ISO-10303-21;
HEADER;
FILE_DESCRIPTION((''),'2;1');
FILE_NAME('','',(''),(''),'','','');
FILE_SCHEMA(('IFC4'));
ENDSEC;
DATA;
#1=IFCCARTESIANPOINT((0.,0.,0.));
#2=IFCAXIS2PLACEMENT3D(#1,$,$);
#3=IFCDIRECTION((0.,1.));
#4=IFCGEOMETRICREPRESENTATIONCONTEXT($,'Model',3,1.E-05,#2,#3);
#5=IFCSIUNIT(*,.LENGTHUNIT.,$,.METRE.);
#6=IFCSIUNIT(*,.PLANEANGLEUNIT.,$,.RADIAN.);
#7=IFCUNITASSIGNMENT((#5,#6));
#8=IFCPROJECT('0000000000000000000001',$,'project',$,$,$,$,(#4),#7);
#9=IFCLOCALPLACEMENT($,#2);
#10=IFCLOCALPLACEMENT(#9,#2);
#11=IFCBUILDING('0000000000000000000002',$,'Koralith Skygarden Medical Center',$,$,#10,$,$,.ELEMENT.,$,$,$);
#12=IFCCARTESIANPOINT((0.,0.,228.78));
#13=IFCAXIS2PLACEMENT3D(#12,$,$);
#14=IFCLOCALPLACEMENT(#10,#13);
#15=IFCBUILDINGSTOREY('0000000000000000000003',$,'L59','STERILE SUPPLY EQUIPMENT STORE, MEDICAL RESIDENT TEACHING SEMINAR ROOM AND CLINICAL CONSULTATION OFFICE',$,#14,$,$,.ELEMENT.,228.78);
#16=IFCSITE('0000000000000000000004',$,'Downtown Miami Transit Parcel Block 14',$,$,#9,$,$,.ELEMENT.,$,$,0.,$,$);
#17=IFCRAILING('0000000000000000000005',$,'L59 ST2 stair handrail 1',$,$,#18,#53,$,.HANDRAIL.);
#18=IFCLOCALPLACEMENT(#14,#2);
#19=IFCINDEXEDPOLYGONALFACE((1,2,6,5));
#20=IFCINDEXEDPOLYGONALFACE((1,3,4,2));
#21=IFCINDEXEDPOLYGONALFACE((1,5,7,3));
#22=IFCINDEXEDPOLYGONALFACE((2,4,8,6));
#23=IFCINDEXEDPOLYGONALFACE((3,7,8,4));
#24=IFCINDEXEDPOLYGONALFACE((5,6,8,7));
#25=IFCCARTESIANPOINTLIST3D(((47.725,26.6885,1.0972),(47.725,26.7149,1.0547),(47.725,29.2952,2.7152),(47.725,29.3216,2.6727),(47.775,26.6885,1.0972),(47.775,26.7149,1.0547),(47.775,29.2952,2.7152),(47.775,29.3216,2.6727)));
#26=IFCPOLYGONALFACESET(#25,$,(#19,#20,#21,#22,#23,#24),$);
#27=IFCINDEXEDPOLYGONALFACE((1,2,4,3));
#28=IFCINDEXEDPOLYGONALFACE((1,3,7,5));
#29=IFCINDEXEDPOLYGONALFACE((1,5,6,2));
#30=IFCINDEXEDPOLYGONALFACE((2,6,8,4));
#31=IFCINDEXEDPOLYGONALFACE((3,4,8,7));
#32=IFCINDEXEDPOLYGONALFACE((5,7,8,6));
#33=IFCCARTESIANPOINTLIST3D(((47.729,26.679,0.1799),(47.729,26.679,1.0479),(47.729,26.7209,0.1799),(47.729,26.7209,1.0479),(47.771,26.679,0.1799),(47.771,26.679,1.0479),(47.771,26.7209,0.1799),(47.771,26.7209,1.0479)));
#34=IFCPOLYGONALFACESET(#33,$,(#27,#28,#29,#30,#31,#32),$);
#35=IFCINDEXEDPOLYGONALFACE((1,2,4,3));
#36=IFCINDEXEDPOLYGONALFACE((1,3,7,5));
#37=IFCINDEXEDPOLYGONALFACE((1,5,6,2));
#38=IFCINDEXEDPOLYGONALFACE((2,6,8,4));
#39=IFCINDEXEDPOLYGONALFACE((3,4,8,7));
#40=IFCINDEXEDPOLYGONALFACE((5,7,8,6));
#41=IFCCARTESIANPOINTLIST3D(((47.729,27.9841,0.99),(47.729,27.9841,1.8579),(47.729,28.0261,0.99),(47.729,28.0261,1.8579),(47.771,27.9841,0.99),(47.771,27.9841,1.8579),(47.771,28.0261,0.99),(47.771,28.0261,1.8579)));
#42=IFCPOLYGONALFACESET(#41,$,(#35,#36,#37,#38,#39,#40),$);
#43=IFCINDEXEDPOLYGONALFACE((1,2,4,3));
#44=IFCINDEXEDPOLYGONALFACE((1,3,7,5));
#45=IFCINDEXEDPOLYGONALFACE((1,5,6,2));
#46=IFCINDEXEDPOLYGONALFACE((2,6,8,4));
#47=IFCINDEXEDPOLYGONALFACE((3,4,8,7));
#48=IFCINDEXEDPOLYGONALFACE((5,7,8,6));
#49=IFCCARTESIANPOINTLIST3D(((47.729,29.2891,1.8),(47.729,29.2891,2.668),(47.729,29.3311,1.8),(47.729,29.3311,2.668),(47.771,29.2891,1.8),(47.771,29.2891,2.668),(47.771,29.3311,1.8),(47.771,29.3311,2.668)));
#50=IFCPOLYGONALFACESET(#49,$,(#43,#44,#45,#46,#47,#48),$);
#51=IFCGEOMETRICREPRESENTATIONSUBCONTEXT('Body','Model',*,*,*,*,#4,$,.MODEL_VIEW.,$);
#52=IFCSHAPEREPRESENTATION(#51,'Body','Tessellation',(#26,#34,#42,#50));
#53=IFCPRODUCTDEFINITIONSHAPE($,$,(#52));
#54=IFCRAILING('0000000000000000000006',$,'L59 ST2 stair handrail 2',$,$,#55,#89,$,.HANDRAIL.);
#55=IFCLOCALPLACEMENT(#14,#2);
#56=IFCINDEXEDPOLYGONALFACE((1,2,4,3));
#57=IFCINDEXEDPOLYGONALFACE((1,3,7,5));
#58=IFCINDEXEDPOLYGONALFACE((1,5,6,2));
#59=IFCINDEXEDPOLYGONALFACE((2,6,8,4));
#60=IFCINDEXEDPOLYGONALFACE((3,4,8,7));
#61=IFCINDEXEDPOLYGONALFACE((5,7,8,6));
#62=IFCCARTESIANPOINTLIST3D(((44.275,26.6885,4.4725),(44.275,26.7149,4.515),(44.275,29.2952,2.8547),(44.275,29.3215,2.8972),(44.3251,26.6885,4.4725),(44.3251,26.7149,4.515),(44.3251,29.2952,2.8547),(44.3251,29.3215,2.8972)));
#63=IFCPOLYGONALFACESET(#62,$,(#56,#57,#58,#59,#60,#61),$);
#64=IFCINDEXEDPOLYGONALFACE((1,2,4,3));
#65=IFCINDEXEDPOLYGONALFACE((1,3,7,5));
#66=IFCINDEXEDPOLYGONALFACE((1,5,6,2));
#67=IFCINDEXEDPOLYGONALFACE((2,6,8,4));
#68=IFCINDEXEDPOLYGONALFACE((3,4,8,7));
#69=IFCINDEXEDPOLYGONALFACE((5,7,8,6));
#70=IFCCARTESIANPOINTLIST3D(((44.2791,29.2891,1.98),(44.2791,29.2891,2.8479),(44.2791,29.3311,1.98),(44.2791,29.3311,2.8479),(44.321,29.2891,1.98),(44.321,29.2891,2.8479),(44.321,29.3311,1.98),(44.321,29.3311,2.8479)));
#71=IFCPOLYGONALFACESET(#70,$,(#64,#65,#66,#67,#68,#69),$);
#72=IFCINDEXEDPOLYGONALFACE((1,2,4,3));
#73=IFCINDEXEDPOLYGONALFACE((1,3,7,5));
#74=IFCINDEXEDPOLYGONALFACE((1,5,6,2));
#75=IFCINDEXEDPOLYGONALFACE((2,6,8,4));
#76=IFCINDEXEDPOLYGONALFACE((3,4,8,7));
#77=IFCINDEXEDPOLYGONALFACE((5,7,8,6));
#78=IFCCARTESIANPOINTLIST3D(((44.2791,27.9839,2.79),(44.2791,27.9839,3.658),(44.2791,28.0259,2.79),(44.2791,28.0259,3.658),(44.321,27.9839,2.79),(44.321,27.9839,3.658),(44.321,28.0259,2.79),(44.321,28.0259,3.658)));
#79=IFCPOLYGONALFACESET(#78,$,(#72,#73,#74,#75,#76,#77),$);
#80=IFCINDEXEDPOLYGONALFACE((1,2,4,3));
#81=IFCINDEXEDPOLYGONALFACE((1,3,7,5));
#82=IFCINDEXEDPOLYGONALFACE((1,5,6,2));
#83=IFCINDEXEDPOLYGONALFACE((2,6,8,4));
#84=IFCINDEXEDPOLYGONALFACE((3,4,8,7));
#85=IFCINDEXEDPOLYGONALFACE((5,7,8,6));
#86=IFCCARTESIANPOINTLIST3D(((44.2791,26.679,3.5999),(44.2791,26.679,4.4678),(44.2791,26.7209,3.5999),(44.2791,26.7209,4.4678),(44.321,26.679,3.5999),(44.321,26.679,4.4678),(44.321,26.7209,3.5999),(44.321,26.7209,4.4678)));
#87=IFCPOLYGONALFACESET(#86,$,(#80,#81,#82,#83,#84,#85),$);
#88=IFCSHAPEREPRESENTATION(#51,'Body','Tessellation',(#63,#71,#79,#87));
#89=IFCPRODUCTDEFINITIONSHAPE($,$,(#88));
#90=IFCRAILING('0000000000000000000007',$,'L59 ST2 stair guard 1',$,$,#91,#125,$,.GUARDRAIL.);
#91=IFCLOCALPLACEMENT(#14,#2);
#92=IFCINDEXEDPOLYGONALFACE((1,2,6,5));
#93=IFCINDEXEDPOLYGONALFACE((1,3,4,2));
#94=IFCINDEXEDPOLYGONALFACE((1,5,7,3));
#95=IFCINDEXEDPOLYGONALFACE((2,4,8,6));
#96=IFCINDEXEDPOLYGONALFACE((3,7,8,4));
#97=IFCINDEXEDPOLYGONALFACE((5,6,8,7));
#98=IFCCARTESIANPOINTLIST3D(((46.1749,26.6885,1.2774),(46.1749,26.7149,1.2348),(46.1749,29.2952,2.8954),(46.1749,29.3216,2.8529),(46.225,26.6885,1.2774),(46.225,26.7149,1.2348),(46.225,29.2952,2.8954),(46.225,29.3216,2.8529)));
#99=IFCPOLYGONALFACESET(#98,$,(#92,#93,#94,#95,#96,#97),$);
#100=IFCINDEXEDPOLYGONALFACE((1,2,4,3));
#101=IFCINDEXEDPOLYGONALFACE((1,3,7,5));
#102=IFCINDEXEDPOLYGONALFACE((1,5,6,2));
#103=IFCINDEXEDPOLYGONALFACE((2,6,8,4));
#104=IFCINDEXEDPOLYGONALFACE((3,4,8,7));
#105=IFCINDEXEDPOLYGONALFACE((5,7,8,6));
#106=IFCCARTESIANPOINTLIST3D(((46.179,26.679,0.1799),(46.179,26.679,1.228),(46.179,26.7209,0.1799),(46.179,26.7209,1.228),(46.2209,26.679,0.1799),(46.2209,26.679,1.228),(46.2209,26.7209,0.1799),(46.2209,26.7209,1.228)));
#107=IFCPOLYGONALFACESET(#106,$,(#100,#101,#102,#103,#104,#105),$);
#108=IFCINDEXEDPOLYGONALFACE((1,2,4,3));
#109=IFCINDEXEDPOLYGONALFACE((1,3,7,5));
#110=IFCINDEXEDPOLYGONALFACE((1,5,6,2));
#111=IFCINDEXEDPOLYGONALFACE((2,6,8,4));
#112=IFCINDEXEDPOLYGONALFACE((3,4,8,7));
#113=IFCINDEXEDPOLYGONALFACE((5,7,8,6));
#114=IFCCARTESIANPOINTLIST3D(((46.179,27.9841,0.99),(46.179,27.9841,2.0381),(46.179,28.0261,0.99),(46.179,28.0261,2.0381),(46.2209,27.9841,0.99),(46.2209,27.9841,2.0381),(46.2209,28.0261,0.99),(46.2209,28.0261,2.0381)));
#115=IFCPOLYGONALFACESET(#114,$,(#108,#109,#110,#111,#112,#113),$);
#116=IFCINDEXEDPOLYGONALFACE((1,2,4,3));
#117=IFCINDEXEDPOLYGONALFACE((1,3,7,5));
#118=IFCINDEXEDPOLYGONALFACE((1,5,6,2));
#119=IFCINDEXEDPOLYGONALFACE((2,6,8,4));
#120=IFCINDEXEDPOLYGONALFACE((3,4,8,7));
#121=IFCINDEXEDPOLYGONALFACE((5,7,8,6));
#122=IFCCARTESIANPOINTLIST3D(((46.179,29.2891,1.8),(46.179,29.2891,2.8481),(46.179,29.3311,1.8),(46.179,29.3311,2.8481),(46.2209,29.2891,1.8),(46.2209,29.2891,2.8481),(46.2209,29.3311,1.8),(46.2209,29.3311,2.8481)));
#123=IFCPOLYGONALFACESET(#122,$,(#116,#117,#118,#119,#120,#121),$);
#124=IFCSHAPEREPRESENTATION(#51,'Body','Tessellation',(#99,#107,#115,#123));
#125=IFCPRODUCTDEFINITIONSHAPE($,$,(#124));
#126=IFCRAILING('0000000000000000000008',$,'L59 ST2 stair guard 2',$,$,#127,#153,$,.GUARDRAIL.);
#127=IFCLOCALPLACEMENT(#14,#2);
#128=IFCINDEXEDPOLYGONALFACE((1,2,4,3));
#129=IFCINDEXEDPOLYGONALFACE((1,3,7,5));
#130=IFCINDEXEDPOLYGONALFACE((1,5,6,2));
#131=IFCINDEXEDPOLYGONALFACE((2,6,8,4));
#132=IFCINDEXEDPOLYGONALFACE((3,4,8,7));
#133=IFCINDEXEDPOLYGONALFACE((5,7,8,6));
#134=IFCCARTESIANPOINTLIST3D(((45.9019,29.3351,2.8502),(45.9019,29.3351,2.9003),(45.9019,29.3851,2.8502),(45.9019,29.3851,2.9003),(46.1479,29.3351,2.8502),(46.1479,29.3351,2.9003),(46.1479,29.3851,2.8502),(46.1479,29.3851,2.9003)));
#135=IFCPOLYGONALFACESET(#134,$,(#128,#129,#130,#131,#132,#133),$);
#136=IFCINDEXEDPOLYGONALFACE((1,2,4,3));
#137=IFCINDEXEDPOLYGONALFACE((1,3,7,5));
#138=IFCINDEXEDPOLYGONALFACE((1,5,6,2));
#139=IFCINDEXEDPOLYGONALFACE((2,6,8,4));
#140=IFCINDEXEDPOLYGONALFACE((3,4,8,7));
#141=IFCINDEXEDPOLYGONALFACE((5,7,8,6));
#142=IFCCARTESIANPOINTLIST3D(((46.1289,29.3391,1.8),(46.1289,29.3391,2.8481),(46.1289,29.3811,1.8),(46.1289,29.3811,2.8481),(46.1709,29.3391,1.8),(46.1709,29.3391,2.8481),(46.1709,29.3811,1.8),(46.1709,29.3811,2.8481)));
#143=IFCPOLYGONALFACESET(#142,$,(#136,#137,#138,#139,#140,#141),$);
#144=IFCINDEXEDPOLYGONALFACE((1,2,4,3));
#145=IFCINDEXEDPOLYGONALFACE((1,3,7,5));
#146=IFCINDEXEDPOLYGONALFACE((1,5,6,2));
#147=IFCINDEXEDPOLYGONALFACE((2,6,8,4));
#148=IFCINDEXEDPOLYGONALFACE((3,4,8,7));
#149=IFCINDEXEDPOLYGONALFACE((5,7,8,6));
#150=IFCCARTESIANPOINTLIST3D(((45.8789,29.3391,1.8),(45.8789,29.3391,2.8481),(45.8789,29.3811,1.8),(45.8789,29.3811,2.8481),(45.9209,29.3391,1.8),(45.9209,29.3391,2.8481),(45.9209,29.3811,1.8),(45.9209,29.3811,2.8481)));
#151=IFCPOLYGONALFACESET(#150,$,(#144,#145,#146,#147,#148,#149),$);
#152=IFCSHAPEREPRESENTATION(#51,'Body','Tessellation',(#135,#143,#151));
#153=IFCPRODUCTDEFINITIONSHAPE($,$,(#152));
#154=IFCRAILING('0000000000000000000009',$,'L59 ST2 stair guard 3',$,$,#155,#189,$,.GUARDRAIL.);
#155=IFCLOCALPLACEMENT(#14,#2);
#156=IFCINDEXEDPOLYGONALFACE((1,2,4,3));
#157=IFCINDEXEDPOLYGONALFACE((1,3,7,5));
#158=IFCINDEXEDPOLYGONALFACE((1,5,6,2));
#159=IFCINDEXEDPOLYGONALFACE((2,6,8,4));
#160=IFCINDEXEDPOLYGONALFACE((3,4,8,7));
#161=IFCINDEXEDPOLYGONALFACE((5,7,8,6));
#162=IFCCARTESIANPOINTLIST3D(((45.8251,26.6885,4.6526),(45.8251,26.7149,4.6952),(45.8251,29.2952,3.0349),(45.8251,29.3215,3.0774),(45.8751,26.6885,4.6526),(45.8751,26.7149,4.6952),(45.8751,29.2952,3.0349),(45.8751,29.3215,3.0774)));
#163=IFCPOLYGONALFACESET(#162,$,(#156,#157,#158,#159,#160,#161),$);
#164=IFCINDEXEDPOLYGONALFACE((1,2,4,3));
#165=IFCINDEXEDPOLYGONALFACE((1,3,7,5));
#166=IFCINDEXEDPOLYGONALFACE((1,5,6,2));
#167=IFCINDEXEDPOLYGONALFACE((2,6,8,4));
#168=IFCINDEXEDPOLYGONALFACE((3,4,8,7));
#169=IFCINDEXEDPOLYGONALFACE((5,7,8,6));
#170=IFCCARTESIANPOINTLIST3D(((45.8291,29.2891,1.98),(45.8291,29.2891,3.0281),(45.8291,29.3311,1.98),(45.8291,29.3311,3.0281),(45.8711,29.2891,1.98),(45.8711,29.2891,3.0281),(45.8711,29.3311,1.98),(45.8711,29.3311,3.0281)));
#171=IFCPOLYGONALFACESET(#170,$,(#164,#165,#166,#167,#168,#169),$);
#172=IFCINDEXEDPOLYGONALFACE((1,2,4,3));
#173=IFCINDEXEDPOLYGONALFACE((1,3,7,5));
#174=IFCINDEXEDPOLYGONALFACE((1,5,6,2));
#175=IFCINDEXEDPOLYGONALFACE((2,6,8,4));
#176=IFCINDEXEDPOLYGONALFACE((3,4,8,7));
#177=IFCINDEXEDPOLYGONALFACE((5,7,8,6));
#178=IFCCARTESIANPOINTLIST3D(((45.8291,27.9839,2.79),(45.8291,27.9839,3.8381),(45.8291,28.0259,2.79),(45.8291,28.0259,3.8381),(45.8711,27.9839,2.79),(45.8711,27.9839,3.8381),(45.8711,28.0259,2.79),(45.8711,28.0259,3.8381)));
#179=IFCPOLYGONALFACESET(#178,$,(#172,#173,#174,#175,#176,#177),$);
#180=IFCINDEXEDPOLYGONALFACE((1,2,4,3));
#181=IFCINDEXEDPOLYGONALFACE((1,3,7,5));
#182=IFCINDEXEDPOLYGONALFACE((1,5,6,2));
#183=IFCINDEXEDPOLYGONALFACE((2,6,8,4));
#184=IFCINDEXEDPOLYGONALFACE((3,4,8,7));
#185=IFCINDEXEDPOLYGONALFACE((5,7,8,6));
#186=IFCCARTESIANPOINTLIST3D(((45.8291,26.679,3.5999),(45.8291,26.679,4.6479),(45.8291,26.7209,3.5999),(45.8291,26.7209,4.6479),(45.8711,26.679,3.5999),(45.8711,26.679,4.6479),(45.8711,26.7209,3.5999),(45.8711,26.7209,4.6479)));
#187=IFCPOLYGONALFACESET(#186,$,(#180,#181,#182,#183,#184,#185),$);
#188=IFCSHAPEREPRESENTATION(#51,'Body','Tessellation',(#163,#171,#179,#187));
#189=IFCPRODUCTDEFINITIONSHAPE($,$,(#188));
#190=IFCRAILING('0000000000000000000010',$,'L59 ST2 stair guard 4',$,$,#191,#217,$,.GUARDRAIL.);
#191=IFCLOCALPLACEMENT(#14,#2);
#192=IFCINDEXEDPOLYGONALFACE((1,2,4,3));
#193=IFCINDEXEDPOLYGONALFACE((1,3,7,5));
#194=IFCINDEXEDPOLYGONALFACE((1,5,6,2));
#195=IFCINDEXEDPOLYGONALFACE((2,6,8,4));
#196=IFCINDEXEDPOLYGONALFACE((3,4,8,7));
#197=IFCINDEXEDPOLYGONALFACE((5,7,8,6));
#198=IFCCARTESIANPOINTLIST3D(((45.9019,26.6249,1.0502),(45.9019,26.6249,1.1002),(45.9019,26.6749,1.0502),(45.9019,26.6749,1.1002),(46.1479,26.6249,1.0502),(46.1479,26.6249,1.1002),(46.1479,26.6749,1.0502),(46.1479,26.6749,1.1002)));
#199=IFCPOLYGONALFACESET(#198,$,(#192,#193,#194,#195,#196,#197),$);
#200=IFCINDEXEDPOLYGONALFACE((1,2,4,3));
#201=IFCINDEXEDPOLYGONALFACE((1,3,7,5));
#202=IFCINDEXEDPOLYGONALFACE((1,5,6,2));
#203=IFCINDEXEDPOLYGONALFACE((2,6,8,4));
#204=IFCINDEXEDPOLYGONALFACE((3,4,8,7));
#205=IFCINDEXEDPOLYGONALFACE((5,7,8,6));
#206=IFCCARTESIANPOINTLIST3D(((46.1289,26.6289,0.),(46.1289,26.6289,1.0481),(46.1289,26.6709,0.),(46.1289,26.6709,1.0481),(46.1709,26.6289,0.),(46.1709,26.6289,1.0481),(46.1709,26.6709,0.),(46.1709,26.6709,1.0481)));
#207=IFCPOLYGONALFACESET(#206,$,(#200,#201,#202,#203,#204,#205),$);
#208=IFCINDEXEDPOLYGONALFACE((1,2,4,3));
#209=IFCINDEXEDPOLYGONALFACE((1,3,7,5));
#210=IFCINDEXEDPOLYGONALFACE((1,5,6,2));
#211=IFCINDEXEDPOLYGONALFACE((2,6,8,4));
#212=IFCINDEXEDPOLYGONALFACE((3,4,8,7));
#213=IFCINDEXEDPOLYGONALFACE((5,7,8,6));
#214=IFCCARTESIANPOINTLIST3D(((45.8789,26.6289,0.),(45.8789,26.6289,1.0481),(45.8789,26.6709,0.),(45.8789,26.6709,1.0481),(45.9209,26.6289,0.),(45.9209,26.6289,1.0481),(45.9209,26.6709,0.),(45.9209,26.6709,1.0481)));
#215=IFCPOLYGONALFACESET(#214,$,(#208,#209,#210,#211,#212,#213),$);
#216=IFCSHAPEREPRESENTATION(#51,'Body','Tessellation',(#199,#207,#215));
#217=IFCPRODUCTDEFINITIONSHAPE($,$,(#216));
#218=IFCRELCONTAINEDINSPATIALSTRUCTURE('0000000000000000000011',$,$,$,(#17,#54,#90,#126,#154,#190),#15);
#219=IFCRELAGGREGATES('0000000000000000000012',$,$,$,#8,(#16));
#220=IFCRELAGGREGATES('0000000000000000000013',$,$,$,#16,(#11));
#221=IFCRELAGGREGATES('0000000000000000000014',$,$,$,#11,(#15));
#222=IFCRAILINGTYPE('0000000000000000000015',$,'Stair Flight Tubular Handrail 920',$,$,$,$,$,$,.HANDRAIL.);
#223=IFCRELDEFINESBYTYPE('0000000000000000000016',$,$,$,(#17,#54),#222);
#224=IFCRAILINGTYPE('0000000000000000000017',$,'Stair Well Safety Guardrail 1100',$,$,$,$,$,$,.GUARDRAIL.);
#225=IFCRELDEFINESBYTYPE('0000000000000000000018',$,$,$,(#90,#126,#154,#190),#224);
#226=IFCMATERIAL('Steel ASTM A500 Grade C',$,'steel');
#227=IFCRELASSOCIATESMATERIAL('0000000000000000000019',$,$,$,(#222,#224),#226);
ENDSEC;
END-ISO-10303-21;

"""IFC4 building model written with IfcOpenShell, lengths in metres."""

from ifc_helpers import new_model, si_unit, direction, frame, origin, origin_2d, place, context, subcontext, project, spatial, rectangle, extrude, material, type_object, element, save


model = new_model("IFC4")

# Units and contexts
model_context = context("Model", 3, precision=1e-05, world=origin(), true_north=direction((0.0, 1.0)))
body_context = subcontext(model_context, "Body", "Model", "MODEL_VIEW")
ifc_project = project(units=[si_unit("LENGTHUNIT", "METRE"), si_unit("PLANEANGLEUNIT", "RADIAN")], contexts=[model_context])

# Site, building, storey
site_placement = place(None, origin())
site = spatial("IfcSite", under=ifc_project, at=site_placement, Name="Downtown Miami Transit Parcel Block 14", CompositionType="ELEMENT", RefElevation=0.0)
building_placement = place(site_placement, origin())
building = spatial("IfcBuilding", under=site, at=building_placement, Name="Koralith Skygarden Medical Center", CompositionType="ELEMENT")
storey_placement = place(building_placement, frame((0.0, 0.0, 228.78)))
storey = spatial("IfcBuildingStorey", under=building, at=storey_placement, Name="L59", Description="STERILE SUPPLY EQUIPMENT STORE, MEDICAL RESIDENT TEACHING SEMINAR ROOM AND CLINICAL CONSULTATION OFFICE", CompositionType="ELEMENT", Elevation=228.78)

# Railings
ifc_material_1 = material(Name="Steel ASTM A500 Grade C", Category="steel")
railing_type_1 = type_object("IfcRailingType", Name="Stair Flight Tubular Handrail 920", PredefinedType="HANDRAIL", material=ifc_material_1)
railing_1_placement = place(storey_placement, frame((47.75, 26.7, 0.1799)))
element("IfcRailing", 1, at=railing_1_placement, inside=storey, type_object=railing_type_1, Name="L59 ST2 stair handrail 1", PredefinedType="HANDRAIL", context=body_context, shape_type="SweptSolid", body=[
    extrude(rectangle(XDim=0.05, YDim=0.05, at=origin_2d()), frame((0.0, 0.0017, 0.896), z_axis=(0.0, 0.849633, 0.527375), x_axis=(-1.0, 0.0, 0.0)), (0.0, 0.0, 1.0), 3.0681),
    extrude(rectangle(XDim=0.042, YDim=0.042, at=origin_2d()), origin(), (0.0, 0.0, 1.0), 0.8679),
    extrude(rectangle(XDim=0.042, YDim=0.042, at=origin_2d()), frame((0.0, 1.3052, 0.8101)), (0.0, 0.0, 1.0), 0.8679),
    extrude(rectangle(XDim=0.042, YDim=0.042, at=origin_2d()), frame((0.0, 2.6101, 1.6201)), (0.0, 0.0, 1.0), 0.8679),
])
railing_2_placement = place(storey_placement, frame((44.3, 29.3101, 1.98)))
element("IfcRailing", 2, at=railing_2_placement, inside=storey, type_object=railing_type_1, Name="L59 ST2 stair handrail 2", PredefinedType="HANDRAIL", context=body_context, shape_type="SweptSolid", body=[
    extrude(rectangle(XDim=0.05, YDim=0.05, at=origin_2d()), frame((0.0, -0.0017, 0.896), z_axis=(0.0, -0.849668, 0.527317), x_axis=(1.0, 0.0, 0.0)), (0.0, 0.0, 1.0), 3.0679),
    extrude(rectangle(XDim=0.042, YDim=0.042, at=origin_2d()), origin(), (0.0, 0.0, 1.0), 0.8679),
    extrude(rectangle(XDim=0.042, YDim=0.042, at=origin_2d()), frame((0.0, -1.3052, 0.8101)), (0.0, 0.0, 1.0), 0.8679),
    extrude(rectangle(XDim=0.042, YDim=0.042, at=origin_2d()), frame((0.0, -2.6101, 1.6199)), (0.0, 0.0, 1.0), 0.8679),
])
railing_type_2 = type_object("IfcRailingType", Name="Stair Well Safety Guardrail 1100", PredefinedType="GUARDRAIL", material=ifc_material_1)
railing_3_placement = place(storey_placement, frame((46.2, 26.7, 0.1799)))
element("IfcRailing", 3, at=railing_3_placement, inside=storey, type_object=railing_type_2, Name="L59 ST2 stair guard 1", PredefinedType="GUARDRAIL", context=body_context, shape_type="SweptSolid", body=[
    extrude(rectangle(XDim=0.05, YDim=0.05, at=origin_2d()), frame((0.0, 0.0017, 1.0762), z_axis=(0.0, 0.849633, 0.527375), x_axis=(-1.0, 0.0, 0.0)), (0.0, 0.0, 1.0), 3.0681),
    extrude(rectangle(XDim=0.042, YDim=0.042, at=origin_2d()), origin(), (0.0, 0.0, 1.0), 1.0481),
    extrude(rectangle(XDim=0.042, YDim=0.042, at=origin_2d()), frame((0.0, 1.3052, 0.8101)), (0.0, 0.0, 1.0), 1.0481),
    extrude(rectangle(XDim=0.042, YDim=0.042, at=origin_2d()), frame((0.0, 2.6101, 1.6201)), (0.0, 0.0, 1.0), 1.0481),
])
railing_4_placement = place(storey_placement, frame((46.1499, 29.3601, 1.8)))
element("IfcRailing", 4, at=railing_4_placement, inside=storey, type_object=railing_type_2, Name="L59 ST2 stair guard 2", PredefinedType="GUARDRAIL", context=body_context, shape_type="SweptSolid", body=[
    extrude(rectangle(XDim=0.05, YDim=0.05, at=origin_2d()), frame((-0.002, 0.0, 1.0752), z_axis=(-1.0, 0.0, 0.0), x_axis=(0.0, -1.0, 0.0)), (0.0, 0.0, 1.0), 0.2461),
    extrude(rectangle(XDim=0.042, YDim=0.042, at=origin_2d()), origin(), (0.0, 0.0, 1.0), 1.0481),
    extrude(rectangle(XDim=0.042, YDim=0.042, at=origin_2d()), frame((-0.25, 0.0, 0.0)), (0.0, 0.0, 1.0), 1.0481),
])
railing_5_placement = place(storey_placement, frame((45.8501, 29.3101, 1.98)))
element("IfcRailing", 5, at=railing_5_placement, inside=storey, type_object=railing_type_2, Name="L59 ST2 stair guard 3", PredefinedType="GUARDRAIL", context=body_context, shape_type="SweptSolid", body=[
    extrude(rectangle(XDim=0.05, YDim=0.05, at=origin_2d()), frame((0.0, -0.0017, 1.0762), z_axis=(0.0, -0.849668, 0.527317), x_axis=(1.0, 0.0, 0.0)), (0.0, 0.0, 1.0), 3.0679),
    extrude(rectangle(XDim=0.042, YDim=0.042, at=origin_2d()), origin(), (0.0, 0.0, 1.0), 1.0481),
    extrude(rectangle(XDim=0.042, YDim=0.042, at=origin_2d()), frame((0.0, -1.3052, 0.8101)), (0.0, 0.0, 1.0), 1.0481),
    extrude(rectangle(XDim=0.042, YDim=0.042, at=origin_2d()), frame((0.0, -2.6101, 1.6199)), (0.0, 0.0, 1.0), 1.0481),
])
railing_6_placement = place(storey_placement, frame((46.1499, 26.6499, 0.0)))
element("IfcRailing", 6, at=railing_6_placement, inside=storey, type_object=railing_type_2, Name="L59 ST2 stair guard 4", PredefinedType="GUARDRAIL", context=body_context, shape_type="SweptSolid", body=[
    extrude(rectangle(XDim=0.05, YDim=0.05, at=origin_2d()), frame((-0.002, 0.0, 1.0752), z_axis=(-1.0, 0.0, 0.0), x_axis=(0.0, -1.0, 0.0)), (0.0, 0.0, 1.0), 0.2461),
    extrude(rectangle(XDim=0.042, YDim=0.042, at=origin_2d()), origin(), (0.0, 0.0, 1.0), 1.0481),
    extrude(rectangle(XDim=0.042, YDim=0.042, at=origin_2d()), frame((-0.25, 0.0, 0.0)), (0.0, 0.0, 1.0), 1.0481),
])

save(model, "model.ifc")
